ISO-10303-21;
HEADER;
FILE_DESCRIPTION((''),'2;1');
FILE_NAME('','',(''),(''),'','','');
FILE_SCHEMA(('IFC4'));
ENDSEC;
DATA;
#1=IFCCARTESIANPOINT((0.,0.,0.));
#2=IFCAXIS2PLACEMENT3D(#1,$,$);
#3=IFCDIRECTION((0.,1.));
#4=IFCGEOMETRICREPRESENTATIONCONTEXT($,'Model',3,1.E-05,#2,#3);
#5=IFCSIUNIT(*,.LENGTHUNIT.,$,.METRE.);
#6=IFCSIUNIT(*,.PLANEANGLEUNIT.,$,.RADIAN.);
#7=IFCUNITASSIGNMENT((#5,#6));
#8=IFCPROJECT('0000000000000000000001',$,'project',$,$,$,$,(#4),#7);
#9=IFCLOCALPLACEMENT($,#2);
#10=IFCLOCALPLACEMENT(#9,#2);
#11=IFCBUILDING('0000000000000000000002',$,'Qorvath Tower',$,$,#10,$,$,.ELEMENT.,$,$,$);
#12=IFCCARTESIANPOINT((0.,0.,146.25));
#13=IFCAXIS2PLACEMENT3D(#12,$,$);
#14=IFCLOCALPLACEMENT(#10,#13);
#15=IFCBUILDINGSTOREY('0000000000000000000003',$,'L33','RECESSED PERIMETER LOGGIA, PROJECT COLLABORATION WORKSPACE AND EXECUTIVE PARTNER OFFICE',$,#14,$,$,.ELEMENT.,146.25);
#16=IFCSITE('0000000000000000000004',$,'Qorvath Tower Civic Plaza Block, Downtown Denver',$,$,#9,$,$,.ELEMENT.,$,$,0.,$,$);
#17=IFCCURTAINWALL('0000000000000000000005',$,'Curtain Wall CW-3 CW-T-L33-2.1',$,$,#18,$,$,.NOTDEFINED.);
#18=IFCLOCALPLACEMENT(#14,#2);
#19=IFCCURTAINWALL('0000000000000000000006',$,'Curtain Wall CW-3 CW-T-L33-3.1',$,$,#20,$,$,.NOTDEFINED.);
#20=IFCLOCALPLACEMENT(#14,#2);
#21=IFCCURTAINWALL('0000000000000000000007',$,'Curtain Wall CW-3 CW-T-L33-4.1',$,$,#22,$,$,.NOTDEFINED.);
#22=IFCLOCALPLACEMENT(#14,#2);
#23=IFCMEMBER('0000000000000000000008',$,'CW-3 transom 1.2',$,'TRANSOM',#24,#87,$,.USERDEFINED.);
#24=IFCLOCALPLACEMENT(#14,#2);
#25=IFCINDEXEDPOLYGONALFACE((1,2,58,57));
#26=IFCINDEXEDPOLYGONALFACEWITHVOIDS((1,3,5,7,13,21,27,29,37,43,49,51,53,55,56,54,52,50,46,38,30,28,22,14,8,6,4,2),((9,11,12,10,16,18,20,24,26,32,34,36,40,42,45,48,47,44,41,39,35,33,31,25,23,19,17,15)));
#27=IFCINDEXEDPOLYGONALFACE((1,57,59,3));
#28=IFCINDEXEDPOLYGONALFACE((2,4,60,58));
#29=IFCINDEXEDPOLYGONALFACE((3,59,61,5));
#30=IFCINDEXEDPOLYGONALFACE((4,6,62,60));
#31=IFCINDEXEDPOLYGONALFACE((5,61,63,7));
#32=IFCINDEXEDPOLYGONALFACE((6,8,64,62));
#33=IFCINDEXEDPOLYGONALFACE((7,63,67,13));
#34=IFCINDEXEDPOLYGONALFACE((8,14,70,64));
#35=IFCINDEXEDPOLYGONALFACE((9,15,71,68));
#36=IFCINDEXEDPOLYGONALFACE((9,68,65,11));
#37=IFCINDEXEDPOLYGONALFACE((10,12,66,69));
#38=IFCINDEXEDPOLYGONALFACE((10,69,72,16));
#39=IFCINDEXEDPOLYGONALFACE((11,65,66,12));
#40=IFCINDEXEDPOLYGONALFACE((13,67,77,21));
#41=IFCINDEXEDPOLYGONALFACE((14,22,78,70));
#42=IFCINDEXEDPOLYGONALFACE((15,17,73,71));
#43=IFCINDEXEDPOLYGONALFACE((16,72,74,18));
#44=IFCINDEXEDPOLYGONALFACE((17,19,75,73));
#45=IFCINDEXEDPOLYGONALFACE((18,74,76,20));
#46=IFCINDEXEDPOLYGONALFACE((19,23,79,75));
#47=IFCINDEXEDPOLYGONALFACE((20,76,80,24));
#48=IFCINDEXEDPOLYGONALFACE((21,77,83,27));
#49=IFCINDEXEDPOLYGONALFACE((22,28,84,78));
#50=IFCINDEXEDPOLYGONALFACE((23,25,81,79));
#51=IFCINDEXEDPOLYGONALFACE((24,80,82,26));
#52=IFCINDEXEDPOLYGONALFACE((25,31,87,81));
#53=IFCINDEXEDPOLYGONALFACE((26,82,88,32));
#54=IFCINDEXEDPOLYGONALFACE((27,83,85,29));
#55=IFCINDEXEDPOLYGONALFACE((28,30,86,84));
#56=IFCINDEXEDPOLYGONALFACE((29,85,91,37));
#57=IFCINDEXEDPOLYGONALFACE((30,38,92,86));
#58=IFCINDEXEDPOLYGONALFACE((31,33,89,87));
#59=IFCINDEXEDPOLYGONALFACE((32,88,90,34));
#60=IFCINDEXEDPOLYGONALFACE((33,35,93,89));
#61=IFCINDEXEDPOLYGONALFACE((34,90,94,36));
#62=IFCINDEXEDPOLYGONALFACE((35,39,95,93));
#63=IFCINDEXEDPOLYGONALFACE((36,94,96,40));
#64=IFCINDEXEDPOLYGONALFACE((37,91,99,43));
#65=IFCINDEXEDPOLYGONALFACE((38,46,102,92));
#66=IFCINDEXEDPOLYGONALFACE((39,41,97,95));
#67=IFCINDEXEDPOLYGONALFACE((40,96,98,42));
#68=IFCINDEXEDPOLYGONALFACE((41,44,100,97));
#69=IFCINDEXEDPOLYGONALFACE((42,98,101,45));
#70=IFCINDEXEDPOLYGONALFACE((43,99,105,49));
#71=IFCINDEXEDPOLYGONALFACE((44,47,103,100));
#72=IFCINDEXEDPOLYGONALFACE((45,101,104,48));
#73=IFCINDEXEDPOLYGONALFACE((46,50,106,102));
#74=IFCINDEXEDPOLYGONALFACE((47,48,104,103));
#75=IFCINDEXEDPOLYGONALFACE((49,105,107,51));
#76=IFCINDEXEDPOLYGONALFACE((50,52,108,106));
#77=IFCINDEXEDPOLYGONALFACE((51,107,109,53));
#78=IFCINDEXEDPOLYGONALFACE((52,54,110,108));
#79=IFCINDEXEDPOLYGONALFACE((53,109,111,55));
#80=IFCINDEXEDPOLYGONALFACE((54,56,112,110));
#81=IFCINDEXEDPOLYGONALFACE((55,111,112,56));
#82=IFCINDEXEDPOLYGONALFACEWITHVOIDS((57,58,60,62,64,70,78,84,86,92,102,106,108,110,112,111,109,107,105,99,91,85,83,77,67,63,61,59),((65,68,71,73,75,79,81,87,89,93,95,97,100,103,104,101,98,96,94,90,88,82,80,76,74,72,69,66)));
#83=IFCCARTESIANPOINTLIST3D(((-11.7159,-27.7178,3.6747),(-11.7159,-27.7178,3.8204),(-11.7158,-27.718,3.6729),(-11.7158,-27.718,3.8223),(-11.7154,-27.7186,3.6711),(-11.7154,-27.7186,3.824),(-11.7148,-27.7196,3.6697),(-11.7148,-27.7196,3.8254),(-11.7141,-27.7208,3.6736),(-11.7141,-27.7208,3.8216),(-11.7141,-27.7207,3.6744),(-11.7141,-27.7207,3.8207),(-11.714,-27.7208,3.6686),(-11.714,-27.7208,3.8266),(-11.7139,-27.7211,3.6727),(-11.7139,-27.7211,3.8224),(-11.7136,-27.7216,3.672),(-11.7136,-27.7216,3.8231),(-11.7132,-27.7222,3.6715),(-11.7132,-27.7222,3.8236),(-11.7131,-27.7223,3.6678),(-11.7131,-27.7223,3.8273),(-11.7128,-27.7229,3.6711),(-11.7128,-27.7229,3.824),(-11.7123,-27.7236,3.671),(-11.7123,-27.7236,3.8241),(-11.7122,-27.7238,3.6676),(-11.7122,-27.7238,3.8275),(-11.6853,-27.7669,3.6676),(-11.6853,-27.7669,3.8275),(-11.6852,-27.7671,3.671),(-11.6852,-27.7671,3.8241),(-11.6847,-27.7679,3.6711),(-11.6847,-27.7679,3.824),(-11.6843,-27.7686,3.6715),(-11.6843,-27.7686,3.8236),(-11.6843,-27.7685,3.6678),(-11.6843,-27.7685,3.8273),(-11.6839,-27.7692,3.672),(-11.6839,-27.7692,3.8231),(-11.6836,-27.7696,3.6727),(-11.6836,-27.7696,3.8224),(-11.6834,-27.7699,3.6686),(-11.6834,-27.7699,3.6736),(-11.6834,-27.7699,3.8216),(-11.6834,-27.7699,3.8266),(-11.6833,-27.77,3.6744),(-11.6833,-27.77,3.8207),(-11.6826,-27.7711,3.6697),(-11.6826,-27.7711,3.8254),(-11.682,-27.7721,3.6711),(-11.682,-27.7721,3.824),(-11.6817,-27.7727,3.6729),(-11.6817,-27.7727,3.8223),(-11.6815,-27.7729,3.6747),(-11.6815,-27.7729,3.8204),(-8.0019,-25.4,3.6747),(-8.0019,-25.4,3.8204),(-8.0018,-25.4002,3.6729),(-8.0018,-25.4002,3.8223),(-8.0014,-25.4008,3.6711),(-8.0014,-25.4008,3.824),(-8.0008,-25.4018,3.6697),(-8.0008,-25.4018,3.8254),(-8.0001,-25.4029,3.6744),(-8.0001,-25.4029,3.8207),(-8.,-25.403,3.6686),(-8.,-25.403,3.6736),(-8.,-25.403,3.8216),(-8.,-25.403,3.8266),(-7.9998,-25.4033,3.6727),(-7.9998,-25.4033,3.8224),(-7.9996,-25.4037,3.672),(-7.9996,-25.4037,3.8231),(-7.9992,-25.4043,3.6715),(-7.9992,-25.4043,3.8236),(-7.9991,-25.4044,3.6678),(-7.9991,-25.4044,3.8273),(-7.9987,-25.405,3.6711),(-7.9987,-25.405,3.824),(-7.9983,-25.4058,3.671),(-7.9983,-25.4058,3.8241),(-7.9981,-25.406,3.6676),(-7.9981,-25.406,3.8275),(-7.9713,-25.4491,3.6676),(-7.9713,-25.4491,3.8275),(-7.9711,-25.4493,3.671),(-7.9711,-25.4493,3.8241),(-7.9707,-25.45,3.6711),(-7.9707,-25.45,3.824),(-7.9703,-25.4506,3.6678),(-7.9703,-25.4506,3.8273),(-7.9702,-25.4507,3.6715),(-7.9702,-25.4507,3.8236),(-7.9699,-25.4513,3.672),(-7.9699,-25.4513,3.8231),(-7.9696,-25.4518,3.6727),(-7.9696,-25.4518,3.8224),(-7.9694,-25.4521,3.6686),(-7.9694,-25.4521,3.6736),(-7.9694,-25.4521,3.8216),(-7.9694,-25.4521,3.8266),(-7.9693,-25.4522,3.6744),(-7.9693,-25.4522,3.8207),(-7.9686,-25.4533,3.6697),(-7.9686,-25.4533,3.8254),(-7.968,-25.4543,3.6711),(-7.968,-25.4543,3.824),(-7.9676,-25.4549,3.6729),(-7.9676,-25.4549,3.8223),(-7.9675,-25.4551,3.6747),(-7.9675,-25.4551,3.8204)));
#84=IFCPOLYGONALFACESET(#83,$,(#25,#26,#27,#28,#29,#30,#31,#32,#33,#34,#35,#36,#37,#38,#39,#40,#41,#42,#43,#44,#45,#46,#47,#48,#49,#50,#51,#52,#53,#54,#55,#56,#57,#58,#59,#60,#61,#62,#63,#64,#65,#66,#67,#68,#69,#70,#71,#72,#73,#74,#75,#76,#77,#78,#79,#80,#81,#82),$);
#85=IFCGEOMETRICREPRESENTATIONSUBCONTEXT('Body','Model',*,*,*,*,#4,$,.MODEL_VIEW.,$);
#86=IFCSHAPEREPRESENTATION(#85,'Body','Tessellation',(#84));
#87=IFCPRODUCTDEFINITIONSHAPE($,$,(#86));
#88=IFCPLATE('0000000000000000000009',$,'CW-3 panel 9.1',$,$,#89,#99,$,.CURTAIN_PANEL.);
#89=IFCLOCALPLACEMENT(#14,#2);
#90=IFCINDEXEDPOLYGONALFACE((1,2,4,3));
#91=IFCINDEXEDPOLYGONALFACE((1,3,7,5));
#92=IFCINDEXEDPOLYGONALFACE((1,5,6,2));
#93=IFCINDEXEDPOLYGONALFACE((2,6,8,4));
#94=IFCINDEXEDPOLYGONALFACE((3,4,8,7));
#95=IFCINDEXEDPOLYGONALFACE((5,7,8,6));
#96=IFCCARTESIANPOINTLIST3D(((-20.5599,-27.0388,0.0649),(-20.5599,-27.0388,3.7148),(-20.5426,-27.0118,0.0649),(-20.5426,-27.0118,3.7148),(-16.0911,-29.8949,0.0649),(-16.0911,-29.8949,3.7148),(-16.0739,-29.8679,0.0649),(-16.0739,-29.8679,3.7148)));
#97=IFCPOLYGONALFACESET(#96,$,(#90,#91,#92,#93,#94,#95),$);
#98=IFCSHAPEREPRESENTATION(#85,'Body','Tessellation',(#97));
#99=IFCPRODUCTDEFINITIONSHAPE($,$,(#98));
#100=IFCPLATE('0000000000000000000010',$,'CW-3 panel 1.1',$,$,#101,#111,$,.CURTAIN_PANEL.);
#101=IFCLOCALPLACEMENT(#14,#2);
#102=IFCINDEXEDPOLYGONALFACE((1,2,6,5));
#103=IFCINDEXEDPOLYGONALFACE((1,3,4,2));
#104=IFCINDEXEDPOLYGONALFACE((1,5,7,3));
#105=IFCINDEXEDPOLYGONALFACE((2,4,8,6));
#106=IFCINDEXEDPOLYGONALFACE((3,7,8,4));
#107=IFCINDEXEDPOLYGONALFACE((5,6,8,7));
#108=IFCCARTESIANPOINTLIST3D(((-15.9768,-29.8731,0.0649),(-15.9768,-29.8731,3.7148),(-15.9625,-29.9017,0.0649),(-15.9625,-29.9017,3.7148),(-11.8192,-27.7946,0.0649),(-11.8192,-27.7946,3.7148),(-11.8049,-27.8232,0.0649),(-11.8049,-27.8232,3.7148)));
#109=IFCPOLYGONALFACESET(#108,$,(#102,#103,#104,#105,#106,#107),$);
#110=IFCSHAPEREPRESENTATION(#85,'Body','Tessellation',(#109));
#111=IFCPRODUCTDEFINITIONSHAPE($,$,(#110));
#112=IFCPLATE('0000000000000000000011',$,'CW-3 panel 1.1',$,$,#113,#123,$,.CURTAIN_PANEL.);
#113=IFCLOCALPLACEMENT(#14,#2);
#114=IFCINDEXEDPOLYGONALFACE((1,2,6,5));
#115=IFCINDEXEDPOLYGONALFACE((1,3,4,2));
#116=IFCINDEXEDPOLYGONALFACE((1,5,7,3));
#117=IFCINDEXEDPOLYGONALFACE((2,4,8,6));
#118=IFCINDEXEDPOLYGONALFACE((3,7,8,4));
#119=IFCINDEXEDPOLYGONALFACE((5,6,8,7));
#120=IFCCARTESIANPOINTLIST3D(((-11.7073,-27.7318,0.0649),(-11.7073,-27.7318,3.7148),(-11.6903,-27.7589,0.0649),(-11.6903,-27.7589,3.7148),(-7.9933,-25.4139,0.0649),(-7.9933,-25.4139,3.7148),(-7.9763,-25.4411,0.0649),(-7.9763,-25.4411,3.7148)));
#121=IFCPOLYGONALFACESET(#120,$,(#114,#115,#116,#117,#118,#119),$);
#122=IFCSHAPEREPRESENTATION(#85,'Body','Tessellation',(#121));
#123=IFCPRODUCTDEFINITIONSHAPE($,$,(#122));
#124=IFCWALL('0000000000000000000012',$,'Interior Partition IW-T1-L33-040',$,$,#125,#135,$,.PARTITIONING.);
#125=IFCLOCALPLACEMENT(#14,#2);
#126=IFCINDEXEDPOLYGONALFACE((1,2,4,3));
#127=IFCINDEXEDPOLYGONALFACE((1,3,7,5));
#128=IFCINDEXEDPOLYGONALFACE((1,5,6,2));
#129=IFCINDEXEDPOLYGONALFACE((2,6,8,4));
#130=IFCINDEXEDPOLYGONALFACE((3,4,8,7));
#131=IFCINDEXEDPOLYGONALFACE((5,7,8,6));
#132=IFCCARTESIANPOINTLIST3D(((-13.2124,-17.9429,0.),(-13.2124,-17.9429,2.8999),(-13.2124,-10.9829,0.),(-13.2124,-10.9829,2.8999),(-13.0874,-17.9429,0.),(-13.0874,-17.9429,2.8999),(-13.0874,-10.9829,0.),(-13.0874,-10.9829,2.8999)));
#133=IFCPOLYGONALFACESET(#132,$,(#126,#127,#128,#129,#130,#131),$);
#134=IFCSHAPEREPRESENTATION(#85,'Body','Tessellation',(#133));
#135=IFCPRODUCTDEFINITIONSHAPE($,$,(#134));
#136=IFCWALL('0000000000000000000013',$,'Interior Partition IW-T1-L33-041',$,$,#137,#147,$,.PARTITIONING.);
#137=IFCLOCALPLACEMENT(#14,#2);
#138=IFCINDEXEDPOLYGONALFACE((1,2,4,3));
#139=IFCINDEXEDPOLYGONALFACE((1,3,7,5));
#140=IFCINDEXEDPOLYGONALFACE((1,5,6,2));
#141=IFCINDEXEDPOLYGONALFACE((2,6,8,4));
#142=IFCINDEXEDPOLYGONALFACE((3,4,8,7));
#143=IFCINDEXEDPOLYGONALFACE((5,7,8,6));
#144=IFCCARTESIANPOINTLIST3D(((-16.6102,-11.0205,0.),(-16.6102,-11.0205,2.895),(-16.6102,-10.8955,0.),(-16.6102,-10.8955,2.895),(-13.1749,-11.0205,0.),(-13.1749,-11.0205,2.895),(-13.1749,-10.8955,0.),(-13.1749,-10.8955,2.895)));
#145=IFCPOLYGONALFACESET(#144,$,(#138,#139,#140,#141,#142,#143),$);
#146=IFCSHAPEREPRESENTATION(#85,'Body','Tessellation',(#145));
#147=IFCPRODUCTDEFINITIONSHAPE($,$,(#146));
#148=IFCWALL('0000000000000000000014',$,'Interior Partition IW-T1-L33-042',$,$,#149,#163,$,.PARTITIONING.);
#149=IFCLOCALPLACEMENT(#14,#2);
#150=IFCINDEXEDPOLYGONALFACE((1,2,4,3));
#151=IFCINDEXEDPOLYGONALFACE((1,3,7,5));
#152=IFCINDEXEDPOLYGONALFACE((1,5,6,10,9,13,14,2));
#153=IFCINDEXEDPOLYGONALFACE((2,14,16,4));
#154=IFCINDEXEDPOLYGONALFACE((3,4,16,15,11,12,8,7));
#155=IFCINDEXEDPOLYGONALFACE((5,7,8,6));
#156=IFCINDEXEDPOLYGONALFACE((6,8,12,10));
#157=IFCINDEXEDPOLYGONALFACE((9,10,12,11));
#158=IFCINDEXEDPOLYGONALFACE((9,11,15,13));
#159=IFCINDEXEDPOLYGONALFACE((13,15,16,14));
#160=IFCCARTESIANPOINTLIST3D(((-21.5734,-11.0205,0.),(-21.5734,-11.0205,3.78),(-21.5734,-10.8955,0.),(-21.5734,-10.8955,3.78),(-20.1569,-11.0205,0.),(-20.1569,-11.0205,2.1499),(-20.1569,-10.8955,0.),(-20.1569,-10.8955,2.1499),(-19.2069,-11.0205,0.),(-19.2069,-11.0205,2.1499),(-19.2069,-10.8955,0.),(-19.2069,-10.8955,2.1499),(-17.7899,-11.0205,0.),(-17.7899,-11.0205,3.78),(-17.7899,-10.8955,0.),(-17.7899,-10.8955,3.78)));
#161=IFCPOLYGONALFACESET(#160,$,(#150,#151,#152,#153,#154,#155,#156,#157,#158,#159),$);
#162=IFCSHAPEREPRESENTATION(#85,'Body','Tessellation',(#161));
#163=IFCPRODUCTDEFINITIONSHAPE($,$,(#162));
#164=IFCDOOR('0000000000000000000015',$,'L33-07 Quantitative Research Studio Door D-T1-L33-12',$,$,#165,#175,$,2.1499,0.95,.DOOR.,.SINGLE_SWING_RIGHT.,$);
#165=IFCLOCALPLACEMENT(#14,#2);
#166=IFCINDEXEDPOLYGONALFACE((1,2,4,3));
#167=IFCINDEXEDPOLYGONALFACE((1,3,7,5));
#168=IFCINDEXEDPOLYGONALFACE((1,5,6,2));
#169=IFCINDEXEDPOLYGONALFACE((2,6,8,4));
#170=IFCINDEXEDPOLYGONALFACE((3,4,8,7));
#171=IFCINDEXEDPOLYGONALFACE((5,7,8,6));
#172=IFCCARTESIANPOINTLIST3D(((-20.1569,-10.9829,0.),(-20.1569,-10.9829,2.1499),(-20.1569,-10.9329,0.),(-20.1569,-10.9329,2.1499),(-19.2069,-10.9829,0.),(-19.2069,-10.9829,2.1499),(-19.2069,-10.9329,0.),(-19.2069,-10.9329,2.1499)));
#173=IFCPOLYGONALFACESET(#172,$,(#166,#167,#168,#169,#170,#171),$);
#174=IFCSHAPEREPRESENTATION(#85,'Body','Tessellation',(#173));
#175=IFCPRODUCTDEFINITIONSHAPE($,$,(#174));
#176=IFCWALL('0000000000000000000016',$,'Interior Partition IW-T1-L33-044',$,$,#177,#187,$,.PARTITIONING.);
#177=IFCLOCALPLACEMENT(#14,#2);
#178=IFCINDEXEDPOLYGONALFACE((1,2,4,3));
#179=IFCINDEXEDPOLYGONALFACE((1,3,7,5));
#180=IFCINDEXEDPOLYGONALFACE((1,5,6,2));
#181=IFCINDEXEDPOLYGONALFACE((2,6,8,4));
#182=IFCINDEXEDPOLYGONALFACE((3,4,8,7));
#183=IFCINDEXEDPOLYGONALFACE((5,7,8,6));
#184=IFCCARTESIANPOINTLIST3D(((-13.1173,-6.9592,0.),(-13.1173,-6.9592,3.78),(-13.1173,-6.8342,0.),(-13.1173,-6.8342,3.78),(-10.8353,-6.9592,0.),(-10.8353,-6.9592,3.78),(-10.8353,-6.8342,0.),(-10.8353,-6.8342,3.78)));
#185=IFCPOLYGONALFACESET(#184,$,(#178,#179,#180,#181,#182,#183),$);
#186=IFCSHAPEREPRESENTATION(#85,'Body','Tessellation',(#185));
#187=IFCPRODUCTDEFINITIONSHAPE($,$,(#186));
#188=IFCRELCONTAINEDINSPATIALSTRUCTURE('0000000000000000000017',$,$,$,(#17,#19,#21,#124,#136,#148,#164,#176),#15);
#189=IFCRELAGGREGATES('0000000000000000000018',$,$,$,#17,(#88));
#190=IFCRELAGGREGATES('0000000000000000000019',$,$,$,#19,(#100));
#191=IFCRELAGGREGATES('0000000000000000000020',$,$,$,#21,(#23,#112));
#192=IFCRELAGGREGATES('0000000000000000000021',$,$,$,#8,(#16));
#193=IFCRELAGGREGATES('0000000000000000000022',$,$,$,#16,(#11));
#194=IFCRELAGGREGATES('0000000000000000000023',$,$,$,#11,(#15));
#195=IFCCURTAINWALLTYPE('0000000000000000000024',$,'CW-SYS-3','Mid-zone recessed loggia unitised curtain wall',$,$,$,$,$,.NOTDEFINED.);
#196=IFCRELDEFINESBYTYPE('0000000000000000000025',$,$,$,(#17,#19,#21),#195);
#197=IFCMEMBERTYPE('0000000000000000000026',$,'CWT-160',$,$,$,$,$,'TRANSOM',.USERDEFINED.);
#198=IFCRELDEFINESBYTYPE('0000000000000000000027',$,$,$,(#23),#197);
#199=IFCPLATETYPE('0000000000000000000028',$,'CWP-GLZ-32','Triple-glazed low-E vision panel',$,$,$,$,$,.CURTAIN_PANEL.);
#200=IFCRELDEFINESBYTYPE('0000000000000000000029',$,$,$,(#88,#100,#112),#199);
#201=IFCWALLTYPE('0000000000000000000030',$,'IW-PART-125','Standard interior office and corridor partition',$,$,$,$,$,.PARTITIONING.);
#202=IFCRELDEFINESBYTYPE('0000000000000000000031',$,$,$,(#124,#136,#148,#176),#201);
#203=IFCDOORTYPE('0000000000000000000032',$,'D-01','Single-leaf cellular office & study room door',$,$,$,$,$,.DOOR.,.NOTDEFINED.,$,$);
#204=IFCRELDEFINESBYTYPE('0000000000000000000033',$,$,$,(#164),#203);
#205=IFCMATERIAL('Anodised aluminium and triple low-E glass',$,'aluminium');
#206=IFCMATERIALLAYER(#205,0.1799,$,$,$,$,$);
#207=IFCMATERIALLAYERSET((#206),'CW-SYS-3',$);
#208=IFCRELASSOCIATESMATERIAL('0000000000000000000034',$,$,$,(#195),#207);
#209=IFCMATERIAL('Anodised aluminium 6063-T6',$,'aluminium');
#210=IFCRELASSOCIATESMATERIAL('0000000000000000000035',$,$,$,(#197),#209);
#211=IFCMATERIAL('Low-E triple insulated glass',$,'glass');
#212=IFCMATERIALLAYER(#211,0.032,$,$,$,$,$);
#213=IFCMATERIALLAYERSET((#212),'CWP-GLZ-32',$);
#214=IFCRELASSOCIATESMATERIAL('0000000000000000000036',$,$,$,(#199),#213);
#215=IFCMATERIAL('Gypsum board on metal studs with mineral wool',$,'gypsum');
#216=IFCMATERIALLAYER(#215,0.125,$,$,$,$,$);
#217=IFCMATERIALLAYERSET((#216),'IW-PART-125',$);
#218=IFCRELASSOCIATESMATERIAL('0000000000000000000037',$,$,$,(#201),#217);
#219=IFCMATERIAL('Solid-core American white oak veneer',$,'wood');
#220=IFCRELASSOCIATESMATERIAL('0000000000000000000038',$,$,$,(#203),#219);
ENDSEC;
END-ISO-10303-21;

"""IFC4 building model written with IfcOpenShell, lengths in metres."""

from ifc_helpers import new_model, si_unit, direction, frame, frame_2d, origin, origin_2d, place, context, subcontext, project, spatial, rectangle, hollow_rectangle, extrude, material, layer, layer_set, material_profile, profile_set, type_object, element, fill, aggregate, save


model = new_model("IFC4")

# Units and contexts
model_context = context("Model", 3, precision=1e-05, world=origin(), true_north=direction((0.0, 1.0)))
body_context = subcontext(model_context, "Body", "Model", "MODEL_VIEW")
ifc_project = project(units=[si_unit("LENGTHUNIT", "METRE"), si_unit("PLANEANGLEUNIT", "RADIAN")], contexts=[model_context])

# Site, building, storey
site_placement = place(None, origin())
site = spatial("IfcSite", under=ifc_project, at=site_placement, Name="Qorvath Tower Civic Plaza Block, Downtown Denver", CompositionType="ELEMENT", RefElevation=0.0)
building_placement = place(site_placement, origin())
building = spatial("IfcBuilding", under=site, at=building_placement, Name="Qorvath Tower", CompositionType="ELEMENT")
storey_placement = place(building_placement, frame((0.0, 0.0, 146.25)))
storey = spatial("IfcBuildingStorey", under=building, at=storey_placement, Name="L33", Description="RECESSED PERIMETER LOGGIA, PROJECT COLLABORATION WORKSPACE AND EXECUTIVE PARTNER OFFICE", CompositionType="ELEMENT", Elevation=146.25)

# Curtain wall
ifc_material_1 = material(Name="Anodised aluminium and triple low-E glass", Category="aluminium")
ifc_layer_1 = layer(ifc_material_1, 0.1799)
ifc_layer_set_1 = layer_set([ifc_layer_1], Name="CW-SYS-3")
curtain_wall_type = type_object("IfcCurtainWallType", Name="CW-SYS-3", Description="Mid-zone recessed loggia unitised curtain wall", PredefinedType="NOTDEFINED", material=ifc_layer_set_1)
curtain_wall_1_placement = place(storey_placement, origin())
curtain_wall_1 = element("IfcCurtainWall", 1, at=curtain_wall_1_placement, inside=storey, type_object=curtain_wall_type, Name="Curtain Wall CW-3 CW-T-L33-2.1", PredefinedType="NOTDEFINED")

# Curtain wall
curtain_wall_2_placement = place(storey_placement, origin())
curtain_wall_2 = element("IfcCurtainWall", 2, at=curtain_wall_2_placement, inside=storey, type_object=curtain_wall_type, Name="Curtain Wall CW-3 CW-T-L33-3.1", PredefinedType="NOTDEFINED")

# Curtain wall
curtain_wall_3_placement = place(storey_placement, origin())
curtain_wall_3 = element("IfcCurtainWall", 3, at=curtain_wall_3_placement, inside=storey, type_object=curtain_wall_type, Name="Curtain Wall CW-3 CW-T-L33-4.1", PredefinedType="NOTDEFINED")

# Member
ifc_material_2 = material(Name="Anodised aluminium 6063-T6", Category="aluminium")
ifc_material_profile_1 = material_profile(ifc_material_2, hollow_rectangle(XDim=0.0649, YDim=0.1599, WallThickness=0.0034, InnerFilletRadius=0.0034, OuterFilletRadius=0.0071, at=origin_2d()), Name="CWT 160x65")
ifc_profile_set_1 = profile_set([ifc_material_profile_1], Name="Anodised aluminium 6063-T6")
member_type_1 = type_object("IfcMemberType", Name="CWT-160", ElementType="TRANSOM", PredefinedType="USERDEFINED", material=ifc_profile_set_1)
member_1_placement = place(storey_placement, frame((-11.6987, -27.7454, 3.7476), z_axis=(0.848352, 0.529432, 0.0), x_axis=(-0.529432, 0.848352, 0.0)))
member_1 = element("IfcMember", 4, at=member_1_placement, type_object=member_type_1, Name="CW-3 transom 1.2", ObjectType="TRANSOM", PredefinedType="USERDEFINED", context=body_context, shape_type="SweptSolid", body=[
    extrude(hollow_rectangle(XDim=0.0649, YDim=0.1599, WallThickness=0.0034, InnerFilletRadius=0.0034, OuterFilletRadius=0.0071, at=origin_2d()), origin(), (0.0, 0.0, 1.0), 4.3779),
])

# Plates
ifc_material_3 = material(Name="Low-E triple insulated glass", Category="glass")
ifc_layer_2 = layer(ifc_material_3, 0.032)
ifc_layer_set_2 = layer_set([ifc_layer_2], Name="CWP-GLZ-32")
plate_type = type_object("IfcPlateType", Name="CWP-GLZ-32", Description="Triple-glazed low-E vision panel", PredefinedType="CURTAIN_PANEL", material=ifc_layer_set_2)
plate_1_placement = place(storey_placement, frame((-18.3169, -28.4534, 0.0649), z_axis=(0.0, 0.0, 1.0), x_axis=(0.842604, -0.538533, 0.0)))
plate_1 = element("IfcPlate", 5, at=plate_1_placement, type_object=plate_type, Name="CW-3 panel 9.1", PredefinedType="CURTAIN_PANEL", context=body_context, shape_type="SweptSolid", body=[
    extrude(rectangle(XDim=5.3035, YDim=0.032, at=origin_2d()), origin(), (0.0, 0.0, 1.0), 3.6499),
])
aggregate(curtain_wall_1, [plate_1])
plate_2_placement = place(storey_placement, frame((-13.8909, -28.8481, 0.0649), z_axis=(0.0, 0.0, 1.0), x_axis=(0.894448, 0.447172, 0.0)))
plate_2 = element("IfcPlate", 6, at=plate_2_placement, type_object=plate_type, Name="CW-3 panel 1.1", PredefinedType="CURTAIN_PANEL", context=body_context, shape_type="SweptSolid", body=[
    extrude(rectangle(XDim=4.6482, YDim=0.032, at=origin_2d()), origin(), (0.0, 0.0, 1.0), 3.6499),
])
aggregate(curtain_wall_2, [plate_2])
plate_3_placement = place(storey_placement, frame((-9.8418, -26.5864, 0.0649), z_axis=(0.0, 0.0, 1.0), x_axis=(0.848346, 0.529441, 0.0)))
plate_3 = element("IfcPlate", 7, at=plate_3_placement, type_object=plate_type, Name="CW-3 panel 1.1", PredefinedType="CURTAIN_PANEL", context=body_context, shape_type="SweptSolid", body=[
    extrude(rectangle(XDim=4.3779, YDim=0.032, at=origin_2d()), origin(), (0.0, 0.0, 1.0), 3.6499),
])
aggregate(curtain_wall_3, [member_1, plate_3])

# Walls
ifc_material_4 = material(Name="Gypsum board on metal studs with mineral wool", Category="gypsum")
ifc_layer_3 = layer(ifc_material_4, 0.125)
ifc_layer_set_3 = layer_set([ifc_layer_3], Name="IW-PART-125")
wall_type_1 = type_object("IfcWallType", Name="IW-PART-125", Description="Standard interior office and corridor partition", PredefinedType="PARTITIONING", material=ifc_layer_set_3)
wall_1_placement = place(storey_placement, frame((-13.1499, -17.9429, 0.0), z_axis=(0.0, 0.0, 1.0), x_axis=(0.0, 1.0, 0.0)))
element("IfcWall", 8, at=wall_1_placement, inside=storey, type_object=wall_type_1, Name="Interior Partition IW-T1-L33-040", PredefinedType="PARTITIONING", context=body_context, shape_type="SweptSolid", body=[
    extrude(rectangle(XDim=6.96, YDim=0.125, at=frame_2d((3.48, 0.0))), origin(), (0.0, 0.0, 1.0), 2.8999),
])
wall_2_placement = place(storey_placement, frame((-13.1748, -10.958, 0.0), z_axis=(0.0, 0.0, 1.0), x_axis=(-1.0, 0.0, 0.0)))
element("IfcWall", 9, at=wall_2_placement, inside=storey, type_object=wall_type_1, Name="Interior Partition IW-T1-L33-041", PredefinedType="PARTITIONING", context=body_context, shape_type="SweptSolid", body=[
    extrude(rectangle(XDim=3.4353, YDim=0.125, at=frame_2d((1.7178, 0.0))), origin(), (0.0, 0.0, 1.0), 2.895),
])

# Wall, opening, door
wall_3_placement = place(storey_placement, frame((-17.79, -10.958, 0.0), z_axis=(0.0, 0.0, 1.0), x_axis=(-1.0, 0.0, 0.0)))
wall_3 = element("IfcWall", 10, at=wall_3_placement, inside=storey, type_object=wall_type_1, Name="Interior Partition IW-T1-L33-042", PredefinedType="PARTITIONING", context=body_context, shape_type="SweptSolid", body=[
    extrude(rectangle(XDim=3.7834, YDim=0.125, at=frame_2d((1.8916, 0.0))), origin(), (0.0, 0.0, 1.0), 3.78),
])
opening_1_placement = place(wall_3_placement, frame((1.4167, 0.0, 0.0)))
opening_1 = element("IfcOpeningElement", 11, at=opening_1_placement, cuts=wall_3, PredefinedType="OPENING", context=body_context, shape_type="SweptSolid", body=[
    extrude(rectangle(XDim=0.95, YDim=2.1499, at=frame_2d((0.4751, 1.075))), frame((0.0, 0.0725, 0.0), z_axis=(0.0, -1.0, 0.0), x_axis=(1.0, 0.0, 0.0)), (0.0, 0.0, 1.0), 0.145),
])
ifc_material_5 = material(Name="Solid-core American white oak veneer", Category="wood")
door_type = type_object("IfcDoorType", Name="D-01", Description="Single-leaf cellular office & study room door", OperationType="NOTDEFINED", PredefinedType="DOOR", material=ifc_material_5)
door_1_placement = place(opening_1_placement, origin())
door_1 = element("IfcDoor", 12, at=door_1_placement, inside=storey, type_object=door_type, Name="L33-07 Quantitative Research Studio Door D-T1-L33-12", OperationType="SINGLE_SWING_RIGHT", OverallHeight=2.1499, OverallWidth=0.95, PredefinedType="DOOR", context=body_context, shape_type="SweptSolid", body=[
    extrude(rectangle(XDim=0.95, YDim=2.1499, at=frame_2d((0.4751, 1.075))), frame((0.0, 0.0249, 0.0), z_axis=(0.0, -1.0, 0.0), x_axis=(1.0, 0.0, 0.0)), (0.0, 0.0, 1.0), 0.05),
])
fill(opening_1, door_1)

# Wall
wall_4_placement = place(storey_placement, frame((-10.8352, -6.8967, 0.0), z_axis=(0.0, 0.0, 1.0), x_axis=(-1.0, 0.0, 0.0)))
element("IfcWall", 13, at=wall_4_placement, inside=storey, type_object=wall_type_1, Name="Interior Partition IW-T1-L33-044", PredefinedType="PARTITIONING", context=body_context, shape_type="SweptSolid", body=[
    extrude(rectangle(XDim=2.282, YDim=0.125, at=frame_2d((1.1411, 0.0))), origin(), (0.0, 0.0, 1.0), 3.78),
])

save(model, "model.ifc")
